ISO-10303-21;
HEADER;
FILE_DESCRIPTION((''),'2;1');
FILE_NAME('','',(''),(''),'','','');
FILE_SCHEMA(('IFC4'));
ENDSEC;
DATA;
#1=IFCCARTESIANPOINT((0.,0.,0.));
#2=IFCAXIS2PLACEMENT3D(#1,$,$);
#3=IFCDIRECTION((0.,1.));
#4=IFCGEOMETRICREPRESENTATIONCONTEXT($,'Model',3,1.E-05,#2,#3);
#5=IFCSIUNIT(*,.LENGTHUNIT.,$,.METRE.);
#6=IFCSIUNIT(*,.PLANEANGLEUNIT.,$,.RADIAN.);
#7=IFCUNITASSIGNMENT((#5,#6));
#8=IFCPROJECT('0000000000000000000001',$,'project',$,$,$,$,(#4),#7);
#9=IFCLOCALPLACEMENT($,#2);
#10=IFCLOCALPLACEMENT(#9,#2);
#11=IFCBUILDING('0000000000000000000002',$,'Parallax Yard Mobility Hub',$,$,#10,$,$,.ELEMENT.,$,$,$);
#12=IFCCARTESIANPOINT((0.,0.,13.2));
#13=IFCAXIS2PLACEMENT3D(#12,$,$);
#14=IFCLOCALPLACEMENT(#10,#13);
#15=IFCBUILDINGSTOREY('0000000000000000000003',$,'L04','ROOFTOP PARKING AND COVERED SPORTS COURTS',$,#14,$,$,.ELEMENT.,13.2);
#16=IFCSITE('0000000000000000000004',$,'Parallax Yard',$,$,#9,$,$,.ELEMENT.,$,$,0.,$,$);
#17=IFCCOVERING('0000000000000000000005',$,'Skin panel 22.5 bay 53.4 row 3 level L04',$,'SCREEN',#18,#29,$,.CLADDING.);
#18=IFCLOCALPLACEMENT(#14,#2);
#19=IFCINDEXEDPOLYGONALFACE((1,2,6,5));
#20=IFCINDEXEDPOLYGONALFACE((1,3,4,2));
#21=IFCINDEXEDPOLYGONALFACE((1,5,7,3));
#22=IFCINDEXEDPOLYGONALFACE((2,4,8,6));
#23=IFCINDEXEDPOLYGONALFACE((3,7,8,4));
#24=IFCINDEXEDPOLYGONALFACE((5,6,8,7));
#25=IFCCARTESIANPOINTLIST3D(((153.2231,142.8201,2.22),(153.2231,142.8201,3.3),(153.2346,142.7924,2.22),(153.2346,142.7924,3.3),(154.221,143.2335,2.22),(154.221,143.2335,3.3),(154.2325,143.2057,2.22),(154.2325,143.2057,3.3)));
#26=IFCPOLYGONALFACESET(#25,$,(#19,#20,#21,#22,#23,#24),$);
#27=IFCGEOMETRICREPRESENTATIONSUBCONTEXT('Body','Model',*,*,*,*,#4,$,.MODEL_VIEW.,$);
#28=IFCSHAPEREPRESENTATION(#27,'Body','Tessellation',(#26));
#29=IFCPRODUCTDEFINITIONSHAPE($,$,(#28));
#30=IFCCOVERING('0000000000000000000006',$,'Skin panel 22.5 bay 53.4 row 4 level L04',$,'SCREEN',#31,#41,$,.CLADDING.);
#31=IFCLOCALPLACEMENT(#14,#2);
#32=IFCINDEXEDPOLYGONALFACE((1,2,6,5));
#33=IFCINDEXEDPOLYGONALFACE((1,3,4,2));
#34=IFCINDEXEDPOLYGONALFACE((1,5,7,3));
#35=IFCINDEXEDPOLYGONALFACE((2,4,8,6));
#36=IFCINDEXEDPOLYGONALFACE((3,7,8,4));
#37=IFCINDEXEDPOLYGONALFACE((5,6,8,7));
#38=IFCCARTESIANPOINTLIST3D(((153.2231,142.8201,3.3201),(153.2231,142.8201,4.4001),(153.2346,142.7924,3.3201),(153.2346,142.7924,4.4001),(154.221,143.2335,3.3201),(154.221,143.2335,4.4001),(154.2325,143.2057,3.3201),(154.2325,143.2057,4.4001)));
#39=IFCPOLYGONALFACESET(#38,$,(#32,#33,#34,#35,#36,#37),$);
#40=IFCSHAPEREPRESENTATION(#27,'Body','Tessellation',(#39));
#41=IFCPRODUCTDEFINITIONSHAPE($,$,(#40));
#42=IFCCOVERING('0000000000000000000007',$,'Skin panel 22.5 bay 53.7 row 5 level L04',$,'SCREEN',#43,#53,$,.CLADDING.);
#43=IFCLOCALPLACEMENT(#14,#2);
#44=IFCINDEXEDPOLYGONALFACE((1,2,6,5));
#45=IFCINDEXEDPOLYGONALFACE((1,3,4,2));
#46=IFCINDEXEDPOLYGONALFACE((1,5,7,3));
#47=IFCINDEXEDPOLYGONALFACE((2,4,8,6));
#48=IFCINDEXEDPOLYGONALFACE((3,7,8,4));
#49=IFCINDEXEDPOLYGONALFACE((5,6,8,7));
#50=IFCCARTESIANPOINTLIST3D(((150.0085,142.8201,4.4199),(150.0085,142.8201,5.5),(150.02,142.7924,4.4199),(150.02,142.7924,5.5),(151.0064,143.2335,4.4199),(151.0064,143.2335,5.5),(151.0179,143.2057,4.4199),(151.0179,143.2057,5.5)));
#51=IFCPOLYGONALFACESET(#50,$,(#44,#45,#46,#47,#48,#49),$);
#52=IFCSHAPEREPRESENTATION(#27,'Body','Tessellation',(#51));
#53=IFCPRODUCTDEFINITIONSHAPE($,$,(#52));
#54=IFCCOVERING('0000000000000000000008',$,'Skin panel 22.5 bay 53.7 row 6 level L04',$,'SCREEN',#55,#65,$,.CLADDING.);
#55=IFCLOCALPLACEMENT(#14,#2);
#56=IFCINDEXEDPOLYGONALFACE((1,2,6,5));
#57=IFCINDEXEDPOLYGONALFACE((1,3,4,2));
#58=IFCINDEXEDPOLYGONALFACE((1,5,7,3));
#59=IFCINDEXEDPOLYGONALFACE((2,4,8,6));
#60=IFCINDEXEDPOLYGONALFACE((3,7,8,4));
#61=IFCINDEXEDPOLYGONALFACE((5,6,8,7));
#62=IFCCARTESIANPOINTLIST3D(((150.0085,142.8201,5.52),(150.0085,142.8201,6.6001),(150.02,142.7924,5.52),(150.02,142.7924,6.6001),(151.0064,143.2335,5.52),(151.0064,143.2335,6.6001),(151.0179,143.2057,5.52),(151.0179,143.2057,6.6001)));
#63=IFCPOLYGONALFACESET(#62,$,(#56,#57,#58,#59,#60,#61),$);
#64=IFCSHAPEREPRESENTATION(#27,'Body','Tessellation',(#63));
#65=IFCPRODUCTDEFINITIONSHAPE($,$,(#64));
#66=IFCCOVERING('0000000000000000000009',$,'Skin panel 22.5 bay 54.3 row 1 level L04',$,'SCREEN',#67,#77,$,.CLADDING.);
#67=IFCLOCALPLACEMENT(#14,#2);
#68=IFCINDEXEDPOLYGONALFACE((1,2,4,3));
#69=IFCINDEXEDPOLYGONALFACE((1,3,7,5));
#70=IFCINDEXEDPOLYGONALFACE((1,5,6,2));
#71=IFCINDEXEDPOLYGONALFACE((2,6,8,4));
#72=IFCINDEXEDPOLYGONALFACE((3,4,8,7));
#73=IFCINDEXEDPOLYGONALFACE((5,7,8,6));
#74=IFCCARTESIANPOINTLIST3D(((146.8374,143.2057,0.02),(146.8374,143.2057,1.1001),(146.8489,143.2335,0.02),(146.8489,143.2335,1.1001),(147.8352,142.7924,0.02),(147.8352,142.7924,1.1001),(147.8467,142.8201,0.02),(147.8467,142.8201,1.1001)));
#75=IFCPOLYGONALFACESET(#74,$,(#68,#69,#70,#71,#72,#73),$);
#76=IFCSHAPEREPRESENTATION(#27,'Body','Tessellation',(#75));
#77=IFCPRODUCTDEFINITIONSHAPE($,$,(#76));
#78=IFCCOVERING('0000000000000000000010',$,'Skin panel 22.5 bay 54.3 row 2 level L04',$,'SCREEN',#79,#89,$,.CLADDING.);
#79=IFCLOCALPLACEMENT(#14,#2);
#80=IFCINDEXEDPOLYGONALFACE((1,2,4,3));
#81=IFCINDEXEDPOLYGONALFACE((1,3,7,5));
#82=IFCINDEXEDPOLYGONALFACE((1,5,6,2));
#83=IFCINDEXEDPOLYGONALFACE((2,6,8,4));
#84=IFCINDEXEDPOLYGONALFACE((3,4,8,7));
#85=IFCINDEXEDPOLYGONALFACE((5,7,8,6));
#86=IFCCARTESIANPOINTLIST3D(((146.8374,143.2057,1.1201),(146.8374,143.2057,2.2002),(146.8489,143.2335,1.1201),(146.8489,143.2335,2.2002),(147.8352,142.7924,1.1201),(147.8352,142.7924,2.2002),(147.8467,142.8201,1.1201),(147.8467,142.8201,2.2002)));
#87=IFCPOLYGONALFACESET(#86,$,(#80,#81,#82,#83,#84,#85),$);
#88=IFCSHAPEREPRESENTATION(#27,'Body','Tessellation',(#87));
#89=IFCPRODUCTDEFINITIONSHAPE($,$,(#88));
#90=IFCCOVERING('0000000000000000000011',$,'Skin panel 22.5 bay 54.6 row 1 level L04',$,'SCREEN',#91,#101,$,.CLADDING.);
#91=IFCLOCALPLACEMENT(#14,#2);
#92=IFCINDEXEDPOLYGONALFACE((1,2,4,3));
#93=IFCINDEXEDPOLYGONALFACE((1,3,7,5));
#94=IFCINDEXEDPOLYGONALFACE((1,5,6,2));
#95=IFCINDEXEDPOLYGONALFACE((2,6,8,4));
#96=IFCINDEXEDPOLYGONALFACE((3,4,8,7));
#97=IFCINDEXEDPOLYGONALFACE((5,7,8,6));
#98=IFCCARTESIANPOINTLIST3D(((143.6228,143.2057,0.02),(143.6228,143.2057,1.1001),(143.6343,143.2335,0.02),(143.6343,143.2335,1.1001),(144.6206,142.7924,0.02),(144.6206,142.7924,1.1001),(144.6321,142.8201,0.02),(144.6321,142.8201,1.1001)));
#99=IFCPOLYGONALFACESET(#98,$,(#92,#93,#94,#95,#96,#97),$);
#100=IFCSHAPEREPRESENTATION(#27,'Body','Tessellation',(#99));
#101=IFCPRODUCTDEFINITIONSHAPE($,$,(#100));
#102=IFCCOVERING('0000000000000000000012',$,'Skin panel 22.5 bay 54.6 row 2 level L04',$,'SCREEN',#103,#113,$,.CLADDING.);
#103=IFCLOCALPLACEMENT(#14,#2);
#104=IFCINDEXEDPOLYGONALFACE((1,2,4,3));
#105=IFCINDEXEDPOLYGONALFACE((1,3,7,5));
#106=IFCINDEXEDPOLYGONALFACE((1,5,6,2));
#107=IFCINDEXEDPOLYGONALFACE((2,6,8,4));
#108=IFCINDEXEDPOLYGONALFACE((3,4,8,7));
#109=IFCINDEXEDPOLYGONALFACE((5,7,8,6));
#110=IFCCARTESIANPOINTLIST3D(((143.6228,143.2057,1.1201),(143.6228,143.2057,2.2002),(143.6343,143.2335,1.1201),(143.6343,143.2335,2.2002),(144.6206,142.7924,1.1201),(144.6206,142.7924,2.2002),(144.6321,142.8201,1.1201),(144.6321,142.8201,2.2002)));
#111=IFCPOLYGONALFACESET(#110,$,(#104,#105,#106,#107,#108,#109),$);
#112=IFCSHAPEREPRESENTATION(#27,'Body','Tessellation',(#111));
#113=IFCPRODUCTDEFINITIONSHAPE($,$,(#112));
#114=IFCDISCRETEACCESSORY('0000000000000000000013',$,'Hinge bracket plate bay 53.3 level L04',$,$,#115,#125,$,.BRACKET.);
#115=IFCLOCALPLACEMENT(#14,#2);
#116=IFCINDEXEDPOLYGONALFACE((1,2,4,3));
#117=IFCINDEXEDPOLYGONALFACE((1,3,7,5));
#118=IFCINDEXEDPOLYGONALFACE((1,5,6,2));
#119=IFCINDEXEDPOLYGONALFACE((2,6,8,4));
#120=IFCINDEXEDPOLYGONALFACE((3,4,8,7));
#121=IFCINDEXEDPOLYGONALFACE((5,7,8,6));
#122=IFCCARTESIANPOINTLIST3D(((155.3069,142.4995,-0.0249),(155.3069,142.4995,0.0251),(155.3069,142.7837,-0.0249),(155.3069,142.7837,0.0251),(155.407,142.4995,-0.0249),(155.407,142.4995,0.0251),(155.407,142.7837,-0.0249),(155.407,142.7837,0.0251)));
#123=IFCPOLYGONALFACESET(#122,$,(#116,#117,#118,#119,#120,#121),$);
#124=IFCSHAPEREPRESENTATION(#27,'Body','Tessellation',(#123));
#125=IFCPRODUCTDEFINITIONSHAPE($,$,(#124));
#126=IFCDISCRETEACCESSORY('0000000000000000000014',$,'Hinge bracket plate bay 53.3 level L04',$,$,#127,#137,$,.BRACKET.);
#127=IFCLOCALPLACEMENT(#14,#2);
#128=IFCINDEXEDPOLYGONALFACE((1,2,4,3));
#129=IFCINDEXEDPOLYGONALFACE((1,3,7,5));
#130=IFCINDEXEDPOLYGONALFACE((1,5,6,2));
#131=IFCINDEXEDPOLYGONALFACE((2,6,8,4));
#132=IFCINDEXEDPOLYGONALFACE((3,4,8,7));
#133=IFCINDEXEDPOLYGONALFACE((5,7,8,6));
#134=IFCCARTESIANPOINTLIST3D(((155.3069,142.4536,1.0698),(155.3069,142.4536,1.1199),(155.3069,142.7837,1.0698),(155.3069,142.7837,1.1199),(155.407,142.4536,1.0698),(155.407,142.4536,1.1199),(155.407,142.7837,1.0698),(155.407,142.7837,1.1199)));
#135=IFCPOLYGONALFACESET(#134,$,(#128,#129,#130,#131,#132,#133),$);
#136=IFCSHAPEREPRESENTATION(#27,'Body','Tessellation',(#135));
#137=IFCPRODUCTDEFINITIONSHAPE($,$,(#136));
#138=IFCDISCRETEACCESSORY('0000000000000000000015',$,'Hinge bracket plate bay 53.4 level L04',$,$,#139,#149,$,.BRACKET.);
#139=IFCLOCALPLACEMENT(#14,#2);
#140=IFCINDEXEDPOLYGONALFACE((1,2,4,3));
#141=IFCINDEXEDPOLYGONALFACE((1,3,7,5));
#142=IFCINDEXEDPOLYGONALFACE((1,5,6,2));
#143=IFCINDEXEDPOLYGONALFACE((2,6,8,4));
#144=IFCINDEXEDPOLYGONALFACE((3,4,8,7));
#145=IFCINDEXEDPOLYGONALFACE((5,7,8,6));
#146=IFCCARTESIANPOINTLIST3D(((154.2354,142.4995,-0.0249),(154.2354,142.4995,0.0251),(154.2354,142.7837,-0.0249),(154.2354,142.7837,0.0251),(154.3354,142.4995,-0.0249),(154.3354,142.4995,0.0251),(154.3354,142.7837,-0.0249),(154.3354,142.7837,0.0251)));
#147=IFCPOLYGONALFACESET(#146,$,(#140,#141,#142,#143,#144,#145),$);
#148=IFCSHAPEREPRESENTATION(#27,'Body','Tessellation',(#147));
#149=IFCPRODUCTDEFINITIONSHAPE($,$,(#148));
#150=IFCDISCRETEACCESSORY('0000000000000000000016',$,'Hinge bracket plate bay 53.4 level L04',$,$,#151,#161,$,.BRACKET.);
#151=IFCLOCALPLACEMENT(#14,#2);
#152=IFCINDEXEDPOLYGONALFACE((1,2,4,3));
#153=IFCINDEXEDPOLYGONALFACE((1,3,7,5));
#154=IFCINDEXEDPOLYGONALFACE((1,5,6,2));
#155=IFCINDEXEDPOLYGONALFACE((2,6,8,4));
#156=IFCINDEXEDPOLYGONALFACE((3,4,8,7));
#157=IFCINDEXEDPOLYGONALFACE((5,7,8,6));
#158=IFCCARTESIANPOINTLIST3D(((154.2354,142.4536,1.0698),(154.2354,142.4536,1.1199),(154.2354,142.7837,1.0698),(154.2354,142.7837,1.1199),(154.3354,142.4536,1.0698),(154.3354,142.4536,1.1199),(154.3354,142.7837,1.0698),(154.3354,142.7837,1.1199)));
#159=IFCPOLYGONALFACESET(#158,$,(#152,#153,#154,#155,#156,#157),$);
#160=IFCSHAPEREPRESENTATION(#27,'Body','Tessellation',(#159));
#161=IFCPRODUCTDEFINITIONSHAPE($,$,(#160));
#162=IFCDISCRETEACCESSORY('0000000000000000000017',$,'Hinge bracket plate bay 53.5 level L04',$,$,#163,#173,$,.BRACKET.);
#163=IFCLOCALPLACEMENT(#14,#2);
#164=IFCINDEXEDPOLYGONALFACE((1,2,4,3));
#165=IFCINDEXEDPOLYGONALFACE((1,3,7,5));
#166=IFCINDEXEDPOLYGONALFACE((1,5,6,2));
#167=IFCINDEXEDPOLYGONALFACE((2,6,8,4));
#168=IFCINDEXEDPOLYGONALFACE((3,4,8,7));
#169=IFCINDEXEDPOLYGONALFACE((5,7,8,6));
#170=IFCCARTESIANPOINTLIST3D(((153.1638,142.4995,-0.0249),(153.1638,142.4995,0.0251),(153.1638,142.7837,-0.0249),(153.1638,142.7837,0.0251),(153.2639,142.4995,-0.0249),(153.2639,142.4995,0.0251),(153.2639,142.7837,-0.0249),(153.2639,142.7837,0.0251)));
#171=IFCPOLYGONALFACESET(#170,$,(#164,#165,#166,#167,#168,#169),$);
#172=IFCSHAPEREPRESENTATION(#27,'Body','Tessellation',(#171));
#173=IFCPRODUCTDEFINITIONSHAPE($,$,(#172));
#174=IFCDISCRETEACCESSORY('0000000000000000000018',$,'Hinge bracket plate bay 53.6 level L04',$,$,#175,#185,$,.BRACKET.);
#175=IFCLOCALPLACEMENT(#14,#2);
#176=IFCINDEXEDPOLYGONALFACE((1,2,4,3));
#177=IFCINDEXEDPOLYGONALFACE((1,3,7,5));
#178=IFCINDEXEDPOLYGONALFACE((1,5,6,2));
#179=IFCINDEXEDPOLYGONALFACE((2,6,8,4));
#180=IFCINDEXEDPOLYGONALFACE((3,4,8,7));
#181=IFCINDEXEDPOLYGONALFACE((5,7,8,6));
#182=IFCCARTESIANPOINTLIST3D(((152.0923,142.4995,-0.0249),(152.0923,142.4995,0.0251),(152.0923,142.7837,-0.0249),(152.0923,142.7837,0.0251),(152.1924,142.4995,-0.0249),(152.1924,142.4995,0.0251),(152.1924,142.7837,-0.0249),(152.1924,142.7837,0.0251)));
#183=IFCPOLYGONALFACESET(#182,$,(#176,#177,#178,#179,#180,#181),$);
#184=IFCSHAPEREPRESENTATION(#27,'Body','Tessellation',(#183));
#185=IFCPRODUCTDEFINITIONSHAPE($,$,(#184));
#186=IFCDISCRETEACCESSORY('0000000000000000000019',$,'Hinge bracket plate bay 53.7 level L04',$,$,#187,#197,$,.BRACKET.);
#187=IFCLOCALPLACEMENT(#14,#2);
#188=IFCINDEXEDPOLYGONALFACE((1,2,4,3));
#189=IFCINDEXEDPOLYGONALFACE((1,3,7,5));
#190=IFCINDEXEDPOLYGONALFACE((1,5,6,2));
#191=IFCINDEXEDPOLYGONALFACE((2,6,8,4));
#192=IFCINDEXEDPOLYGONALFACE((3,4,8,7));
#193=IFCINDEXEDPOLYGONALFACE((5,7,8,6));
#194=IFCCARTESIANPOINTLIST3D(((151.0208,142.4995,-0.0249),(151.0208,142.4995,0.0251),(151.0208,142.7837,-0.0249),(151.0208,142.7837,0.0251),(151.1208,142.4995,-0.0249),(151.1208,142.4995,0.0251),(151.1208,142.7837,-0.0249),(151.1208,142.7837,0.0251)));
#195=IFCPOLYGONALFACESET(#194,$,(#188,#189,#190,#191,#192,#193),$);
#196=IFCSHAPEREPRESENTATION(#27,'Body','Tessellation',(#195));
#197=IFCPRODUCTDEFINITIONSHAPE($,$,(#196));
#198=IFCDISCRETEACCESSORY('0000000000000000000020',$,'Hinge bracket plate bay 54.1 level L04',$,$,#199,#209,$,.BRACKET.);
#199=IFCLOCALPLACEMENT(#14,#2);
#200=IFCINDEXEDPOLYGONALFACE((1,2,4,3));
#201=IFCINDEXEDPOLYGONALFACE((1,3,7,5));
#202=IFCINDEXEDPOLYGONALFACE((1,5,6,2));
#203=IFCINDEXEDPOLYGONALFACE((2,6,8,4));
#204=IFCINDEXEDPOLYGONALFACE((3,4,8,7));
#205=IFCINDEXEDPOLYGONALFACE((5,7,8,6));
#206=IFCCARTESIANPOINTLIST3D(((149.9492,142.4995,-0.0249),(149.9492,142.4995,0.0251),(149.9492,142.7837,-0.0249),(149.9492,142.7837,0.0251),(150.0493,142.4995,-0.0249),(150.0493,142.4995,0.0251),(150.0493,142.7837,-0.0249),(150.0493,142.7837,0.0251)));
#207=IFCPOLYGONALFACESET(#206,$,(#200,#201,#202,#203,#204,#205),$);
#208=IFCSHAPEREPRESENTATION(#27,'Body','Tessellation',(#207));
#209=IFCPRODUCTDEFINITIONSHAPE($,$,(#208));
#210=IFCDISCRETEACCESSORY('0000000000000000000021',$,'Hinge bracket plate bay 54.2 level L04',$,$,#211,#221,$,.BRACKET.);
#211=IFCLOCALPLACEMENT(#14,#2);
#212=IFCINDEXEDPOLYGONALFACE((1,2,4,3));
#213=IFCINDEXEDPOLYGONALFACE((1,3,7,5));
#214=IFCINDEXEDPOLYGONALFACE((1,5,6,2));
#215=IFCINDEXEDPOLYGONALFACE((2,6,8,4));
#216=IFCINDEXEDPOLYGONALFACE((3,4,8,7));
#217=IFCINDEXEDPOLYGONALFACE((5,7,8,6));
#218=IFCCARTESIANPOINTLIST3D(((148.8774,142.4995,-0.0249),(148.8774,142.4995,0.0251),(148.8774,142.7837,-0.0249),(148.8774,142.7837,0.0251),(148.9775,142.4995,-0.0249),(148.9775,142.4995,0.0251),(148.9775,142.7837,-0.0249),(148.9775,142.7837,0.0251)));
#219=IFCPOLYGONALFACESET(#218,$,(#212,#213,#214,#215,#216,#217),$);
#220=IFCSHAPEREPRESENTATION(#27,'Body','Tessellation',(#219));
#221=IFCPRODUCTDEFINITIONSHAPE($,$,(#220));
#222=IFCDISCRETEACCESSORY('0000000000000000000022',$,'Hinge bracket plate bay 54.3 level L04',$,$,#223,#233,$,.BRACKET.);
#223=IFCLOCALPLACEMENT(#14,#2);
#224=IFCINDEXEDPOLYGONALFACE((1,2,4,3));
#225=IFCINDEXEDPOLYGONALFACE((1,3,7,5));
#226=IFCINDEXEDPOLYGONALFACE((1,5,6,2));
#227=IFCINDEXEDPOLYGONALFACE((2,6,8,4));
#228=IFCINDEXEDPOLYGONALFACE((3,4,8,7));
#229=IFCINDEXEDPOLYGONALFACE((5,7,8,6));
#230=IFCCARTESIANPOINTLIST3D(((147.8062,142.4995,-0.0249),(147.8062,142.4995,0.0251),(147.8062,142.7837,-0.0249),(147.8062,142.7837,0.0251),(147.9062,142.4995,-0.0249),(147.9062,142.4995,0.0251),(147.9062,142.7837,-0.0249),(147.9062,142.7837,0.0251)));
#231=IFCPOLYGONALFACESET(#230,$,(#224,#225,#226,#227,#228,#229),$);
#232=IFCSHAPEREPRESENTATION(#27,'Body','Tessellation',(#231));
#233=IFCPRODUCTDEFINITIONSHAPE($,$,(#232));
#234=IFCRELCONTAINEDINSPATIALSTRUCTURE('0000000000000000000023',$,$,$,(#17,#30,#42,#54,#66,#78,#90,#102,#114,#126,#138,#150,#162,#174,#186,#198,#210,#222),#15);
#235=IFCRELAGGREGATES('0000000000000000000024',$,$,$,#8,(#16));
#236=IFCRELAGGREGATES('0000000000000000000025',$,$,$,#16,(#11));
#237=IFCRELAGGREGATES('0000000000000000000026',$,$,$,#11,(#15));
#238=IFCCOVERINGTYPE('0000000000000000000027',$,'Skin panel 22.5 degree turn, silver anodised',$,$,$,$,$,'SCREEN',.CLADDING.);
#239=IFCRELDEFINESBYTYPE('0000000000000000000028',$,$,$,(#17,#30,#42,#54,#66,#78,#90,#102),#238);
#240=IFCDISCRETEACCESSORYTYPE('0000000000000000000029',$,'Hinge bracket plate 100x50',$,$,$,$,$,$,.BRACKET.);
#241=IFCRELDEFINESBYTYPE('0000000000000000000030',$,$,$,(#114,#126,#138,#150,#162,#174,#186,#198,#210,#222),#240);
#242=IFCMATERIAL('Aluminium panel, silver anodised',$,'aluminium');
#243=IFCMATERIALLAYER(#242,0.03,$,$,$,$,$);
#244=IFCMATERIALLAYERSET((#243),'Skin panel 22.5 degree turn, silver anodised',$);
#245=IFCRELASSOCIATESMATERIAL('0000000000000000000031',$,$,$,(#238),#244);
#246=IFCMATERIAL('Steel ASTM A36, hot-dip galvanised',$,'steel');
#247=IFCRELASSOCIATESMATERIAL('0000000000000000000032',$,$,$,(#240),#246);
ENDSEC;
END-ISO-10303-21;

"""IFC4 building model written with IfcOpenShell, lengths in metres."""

from ifc_helpers import new_model, si_unit, direction, frame, origin, origin_2d, place, context, subcontext, project, spatial, rectangle, extrude, material, layer, layer_set, type_object, element, save


model = new_model("IFC4")

# Units and contexts
model_context = context("Model", 3, precision=1e-05, world=origin(), true_north=direction((0.0, 1.0)))
body_context = subcontext(model_context, "Body", "Model", "MODEL_VIEW")
ifc_project = project(units=[si_unit("LENGTHUNIT", "METRE"), si_unit("PLANEANGLEUNIT", "RADIAN")], contexts=[model_context])

# Site, building, storey
site_placement = place(None, origin())
site = spatial("IfcSite", under=ifc_project, at=site_placement, Name="Parallax Yard", CompositionType="ELEMENT", RefElevation=0.0)
building_placement = place(site_placement, origin())
building = spatial("IfcBuilding", under=site, at=building_placement, Name="Parallax Yard Mobility Hub", CompositionType="ELEMENT")
storey_placement = place(building_placement, frame((0.0, 0.0, 13.2)))
storey = spatial("IfcBuildingStorey", under=building, at=storey_placement, Name="L04", Description="ROOFTOP PARKING AND COVERED SPORTS COURTS", CompositionType="ELEMENT", Elevation=13.2)

# Coverings
ifc_material_1 = material(Name="Aluminium panel, silver anodised", Category="aluminium")
ifc_layer = layer(ifc_material_1, 0.03)
ifc_layer_set = layer_set([ifc_layer], Name="Skin panel 22.5 degree turn, silver anodised")
covering_type = type_object("IfcCoveringType", Name="Skin panel 22.5 degree turn, silver anodised", ElementType="SCREEN", PredefinedType="CLADDING", material=ifc_layer_set)
for number, where, z_axis, x_axis, name in (
    (1, (153.7278, 143.0129, 2.22), (0.0, 0.0, 1.0), (0.92388, 0.382683, 0.0), "Skin panel 22.5 bay 53.4 row 3 level L04"),
    (2, (153.7278, 143.0129, 3.3201), (0.0, 0.0, 1.0), (0.92388, 0.382683, 0.0), "Skin panel 22.5 bay 53.4 row 4 level L04"),
    (3, (150.5132, 143.0129, 4.4199), (0.0, 0.0, 1.0), (0.92388, 0.382683, 0.0), "Skin panel 22.5 bay 53.7 row 5 level L04"),
    (4, (150.5132, 143.0129, 5.52), (0.0, 0.0, 1.0), (0.92388, 0.382683, 0.0), "Skin panel 22.5 bay 53.7 row 6 level L04"),
    (5, (147.342, 143.0129, 0.02), (0.0, 0.0, 1.0), (-0.92388, 0.382683, 0.0), "Skin panel 22.5 bay 54.3 row 1 level L04"),
    (6, (147.342, 143.0129, 1.1201), (0.0, 0.0, 1.0), (-0.92388, 0.382683, 0.0), "Skin panel 22.5 bay 54.3 row 2 level L04"),
    (7, (144.1274, 143.0129, 0.02), (0.0, 0.0, 1.0), (-0.92388, 0.382683, 0.0), "Skin panel 22.5 bay 54.6 row 1 level L04"),
    (8, (144.1274, 143.0129, 1.1201), (0.0, 0.0, 1.0), (-0.92388, 0.382683, 0.0), "Skin panel 22.5 bay 54.6 row 2 level L04"),
):
    element("IfcCovering", number, at=place(storey_placement, frame(where, z_axis=z_axis, x_axis=x_axis)), inside=storey, type_object=covering_type, Name=name, ObjectType="SCREEN", PredefinedType="CLADDING", context=body_context, shape_type="SweptSolid", body=[
        extrude(rectangle(XDim=1.0801, YDim=0.03, at=origin_2d()), origin(), (0.0, 0.0, 1.0), 1.0801),
    ])

# Discrete accessories
ifc_material_2 = material(Name="Steel ASTM A36, hot-dip galvanised", Category="steel")
discrete_accessory_type_1 = type_object("IfcDiscreteAccessoryType", Name="Hinge bracket plate 100x50", PredefinedType="BRACKET", material=ifc_material_2)
discrete_accessory_1_placement = place(storey_placement, frame((155.3569, 142.6416, -0.0249), z_axis=(0.0, 0.0, 1.0), x_axis=(0.0, 1.0, 0.0)))
element("IfcDiscreteAccessory", 9, at=discrete_accessory_1_placement, inside=storey, type_object=discrete_accessory_type_1, Name="Hinge bracket plate bay 53.3 level L04", PredefinedType="BRACKET", context=body_context, shape_type="SweptSolid", body=[
    extrude(rectangle(XDim=0.2842, YDim=0.1001, at=origin_2d()), origin(), (0.0, 0.0, 1.0), 0.05),
])
discrete_accessory_2_placement = place(storey_placement, frame((155.3569, 142.6187, 1.0698), z_axis=(0.0, 0.0, 1.0), x_axis=(0.0, 1.0, 0.0)))
element("IfcDiscreteAccessory", 10, at=discrete_accessory_2_placement, inside=storey, type_object=discrete_accessory_type_1, Name="Hinge bracket plate bay 53.3 level L04", PredefinedType="BRACKET", context=body_context, shape_type="SweptSolid", body=[
    extrude(rectangle(XDim=0.3301, YDim=0.1001, at=origin_2d()), origin(), (0.0, 0.0, 1.0), 0.05),
])
discrete_accessory_3_placement = place(storey_placement, frame((154.2854, 142.6416, -0.0249), z_axis=(0.0, 0.0, 1.0), x_axis=(0.0, 1.0, 0.0)))
element("IfcDiscreteAccessory", 11, at=discrete_accessory_3_placement, inside=storey, type_object=discrete_accessory_type_1, Name="Hinge bracket plate bay 53.4 level L04", PredefinedType="BRACKET", context=body_context, shape_type="SweptSolid", body=[
    extrude(rectangle(XDim=0.2842, YDim=0.1001, at=origin_2d()), origin(), (0.0, 0.0, 1.0), 0.05),
])
discrete_accessory_4_placement = place(storey_placement, frame((154.2854, 142.6187, 1.0698), z_axis=(0.0, 0.0, 1.0), x_axis=(0.0, 1.0, 0.0)))
element("IfcDiscreteAccessory", 12, at=discrete_accessory_4_placement, inside=storey, type_object=discrete_accessory_type_1, Name="Hinge bracket plate bay 53.4 level L04", PredefinedType="BRACKET", context=body_context, shape_type="SweptSolid", body=[
    extrude(rectangle(XDim=0.3301, YDim=0.1001, at=origin_2d()), origin(), (0.0, 0.0, 1.0), 0.05),
])
for number, where, z_axis, x_axis, name in (
    (13, (153.2139, 142.6416, -0.0249), (0.0, 0.0, 1.0), (0.0, 1.0, 0.0), "Hinge bracket plate bay 53.5 level L04"),
    (14, (152.1423, 142.6416, -0.0249), (0.0, 0.0, 1.0), (0.0, 1.0, 0.0), "Hinge bracket plate bay 53.6 level L04"),
    (15, (151.0708, 142.6416, -0.0249), (0.0, 0.0, 1.0), (0.0, 1.0, 0.0), "Hinge bracket plate bay 53.7 level L04"),
    (16, (149.9993, 142.6416, -0.0249), (0.0, 0.0, 1.0), (0.0, 1.0, 0.0), "Hinge bracket plate bay 54.1 level L04"),
    (17, (148.9275, 142.6416, -0.0249), (0.0, 0.0, 1.0), (0.0, 1.0, 0.0), "Hinge bracket plate bay 54.2 level L04"),
    (18, (147.8562, 142.6416, -0.0249), (0.0, 0.0, 1.0), (0.0, 1.0, 0.0), "Hinge bracket plate bay 54.3 level L04"),
):
    element("IfcDiscreteAccessory", number, at=place(storey_placement, frame(where, z_axis=z_axis, x_axis=x_axis)), inside=storey, type_object=discrete_accessory_type_1, Name=name, PredefinedType="BRACKET", context=body_context, shape_type="SweptSolid", body=[
        extrude(rectangle(XDim=0.2842, YDim=0.1001, at=origin_2d()), origin(), (0.0, 0.0, 1.0), 0.05),
    ])

save(model, "model.ifc")
